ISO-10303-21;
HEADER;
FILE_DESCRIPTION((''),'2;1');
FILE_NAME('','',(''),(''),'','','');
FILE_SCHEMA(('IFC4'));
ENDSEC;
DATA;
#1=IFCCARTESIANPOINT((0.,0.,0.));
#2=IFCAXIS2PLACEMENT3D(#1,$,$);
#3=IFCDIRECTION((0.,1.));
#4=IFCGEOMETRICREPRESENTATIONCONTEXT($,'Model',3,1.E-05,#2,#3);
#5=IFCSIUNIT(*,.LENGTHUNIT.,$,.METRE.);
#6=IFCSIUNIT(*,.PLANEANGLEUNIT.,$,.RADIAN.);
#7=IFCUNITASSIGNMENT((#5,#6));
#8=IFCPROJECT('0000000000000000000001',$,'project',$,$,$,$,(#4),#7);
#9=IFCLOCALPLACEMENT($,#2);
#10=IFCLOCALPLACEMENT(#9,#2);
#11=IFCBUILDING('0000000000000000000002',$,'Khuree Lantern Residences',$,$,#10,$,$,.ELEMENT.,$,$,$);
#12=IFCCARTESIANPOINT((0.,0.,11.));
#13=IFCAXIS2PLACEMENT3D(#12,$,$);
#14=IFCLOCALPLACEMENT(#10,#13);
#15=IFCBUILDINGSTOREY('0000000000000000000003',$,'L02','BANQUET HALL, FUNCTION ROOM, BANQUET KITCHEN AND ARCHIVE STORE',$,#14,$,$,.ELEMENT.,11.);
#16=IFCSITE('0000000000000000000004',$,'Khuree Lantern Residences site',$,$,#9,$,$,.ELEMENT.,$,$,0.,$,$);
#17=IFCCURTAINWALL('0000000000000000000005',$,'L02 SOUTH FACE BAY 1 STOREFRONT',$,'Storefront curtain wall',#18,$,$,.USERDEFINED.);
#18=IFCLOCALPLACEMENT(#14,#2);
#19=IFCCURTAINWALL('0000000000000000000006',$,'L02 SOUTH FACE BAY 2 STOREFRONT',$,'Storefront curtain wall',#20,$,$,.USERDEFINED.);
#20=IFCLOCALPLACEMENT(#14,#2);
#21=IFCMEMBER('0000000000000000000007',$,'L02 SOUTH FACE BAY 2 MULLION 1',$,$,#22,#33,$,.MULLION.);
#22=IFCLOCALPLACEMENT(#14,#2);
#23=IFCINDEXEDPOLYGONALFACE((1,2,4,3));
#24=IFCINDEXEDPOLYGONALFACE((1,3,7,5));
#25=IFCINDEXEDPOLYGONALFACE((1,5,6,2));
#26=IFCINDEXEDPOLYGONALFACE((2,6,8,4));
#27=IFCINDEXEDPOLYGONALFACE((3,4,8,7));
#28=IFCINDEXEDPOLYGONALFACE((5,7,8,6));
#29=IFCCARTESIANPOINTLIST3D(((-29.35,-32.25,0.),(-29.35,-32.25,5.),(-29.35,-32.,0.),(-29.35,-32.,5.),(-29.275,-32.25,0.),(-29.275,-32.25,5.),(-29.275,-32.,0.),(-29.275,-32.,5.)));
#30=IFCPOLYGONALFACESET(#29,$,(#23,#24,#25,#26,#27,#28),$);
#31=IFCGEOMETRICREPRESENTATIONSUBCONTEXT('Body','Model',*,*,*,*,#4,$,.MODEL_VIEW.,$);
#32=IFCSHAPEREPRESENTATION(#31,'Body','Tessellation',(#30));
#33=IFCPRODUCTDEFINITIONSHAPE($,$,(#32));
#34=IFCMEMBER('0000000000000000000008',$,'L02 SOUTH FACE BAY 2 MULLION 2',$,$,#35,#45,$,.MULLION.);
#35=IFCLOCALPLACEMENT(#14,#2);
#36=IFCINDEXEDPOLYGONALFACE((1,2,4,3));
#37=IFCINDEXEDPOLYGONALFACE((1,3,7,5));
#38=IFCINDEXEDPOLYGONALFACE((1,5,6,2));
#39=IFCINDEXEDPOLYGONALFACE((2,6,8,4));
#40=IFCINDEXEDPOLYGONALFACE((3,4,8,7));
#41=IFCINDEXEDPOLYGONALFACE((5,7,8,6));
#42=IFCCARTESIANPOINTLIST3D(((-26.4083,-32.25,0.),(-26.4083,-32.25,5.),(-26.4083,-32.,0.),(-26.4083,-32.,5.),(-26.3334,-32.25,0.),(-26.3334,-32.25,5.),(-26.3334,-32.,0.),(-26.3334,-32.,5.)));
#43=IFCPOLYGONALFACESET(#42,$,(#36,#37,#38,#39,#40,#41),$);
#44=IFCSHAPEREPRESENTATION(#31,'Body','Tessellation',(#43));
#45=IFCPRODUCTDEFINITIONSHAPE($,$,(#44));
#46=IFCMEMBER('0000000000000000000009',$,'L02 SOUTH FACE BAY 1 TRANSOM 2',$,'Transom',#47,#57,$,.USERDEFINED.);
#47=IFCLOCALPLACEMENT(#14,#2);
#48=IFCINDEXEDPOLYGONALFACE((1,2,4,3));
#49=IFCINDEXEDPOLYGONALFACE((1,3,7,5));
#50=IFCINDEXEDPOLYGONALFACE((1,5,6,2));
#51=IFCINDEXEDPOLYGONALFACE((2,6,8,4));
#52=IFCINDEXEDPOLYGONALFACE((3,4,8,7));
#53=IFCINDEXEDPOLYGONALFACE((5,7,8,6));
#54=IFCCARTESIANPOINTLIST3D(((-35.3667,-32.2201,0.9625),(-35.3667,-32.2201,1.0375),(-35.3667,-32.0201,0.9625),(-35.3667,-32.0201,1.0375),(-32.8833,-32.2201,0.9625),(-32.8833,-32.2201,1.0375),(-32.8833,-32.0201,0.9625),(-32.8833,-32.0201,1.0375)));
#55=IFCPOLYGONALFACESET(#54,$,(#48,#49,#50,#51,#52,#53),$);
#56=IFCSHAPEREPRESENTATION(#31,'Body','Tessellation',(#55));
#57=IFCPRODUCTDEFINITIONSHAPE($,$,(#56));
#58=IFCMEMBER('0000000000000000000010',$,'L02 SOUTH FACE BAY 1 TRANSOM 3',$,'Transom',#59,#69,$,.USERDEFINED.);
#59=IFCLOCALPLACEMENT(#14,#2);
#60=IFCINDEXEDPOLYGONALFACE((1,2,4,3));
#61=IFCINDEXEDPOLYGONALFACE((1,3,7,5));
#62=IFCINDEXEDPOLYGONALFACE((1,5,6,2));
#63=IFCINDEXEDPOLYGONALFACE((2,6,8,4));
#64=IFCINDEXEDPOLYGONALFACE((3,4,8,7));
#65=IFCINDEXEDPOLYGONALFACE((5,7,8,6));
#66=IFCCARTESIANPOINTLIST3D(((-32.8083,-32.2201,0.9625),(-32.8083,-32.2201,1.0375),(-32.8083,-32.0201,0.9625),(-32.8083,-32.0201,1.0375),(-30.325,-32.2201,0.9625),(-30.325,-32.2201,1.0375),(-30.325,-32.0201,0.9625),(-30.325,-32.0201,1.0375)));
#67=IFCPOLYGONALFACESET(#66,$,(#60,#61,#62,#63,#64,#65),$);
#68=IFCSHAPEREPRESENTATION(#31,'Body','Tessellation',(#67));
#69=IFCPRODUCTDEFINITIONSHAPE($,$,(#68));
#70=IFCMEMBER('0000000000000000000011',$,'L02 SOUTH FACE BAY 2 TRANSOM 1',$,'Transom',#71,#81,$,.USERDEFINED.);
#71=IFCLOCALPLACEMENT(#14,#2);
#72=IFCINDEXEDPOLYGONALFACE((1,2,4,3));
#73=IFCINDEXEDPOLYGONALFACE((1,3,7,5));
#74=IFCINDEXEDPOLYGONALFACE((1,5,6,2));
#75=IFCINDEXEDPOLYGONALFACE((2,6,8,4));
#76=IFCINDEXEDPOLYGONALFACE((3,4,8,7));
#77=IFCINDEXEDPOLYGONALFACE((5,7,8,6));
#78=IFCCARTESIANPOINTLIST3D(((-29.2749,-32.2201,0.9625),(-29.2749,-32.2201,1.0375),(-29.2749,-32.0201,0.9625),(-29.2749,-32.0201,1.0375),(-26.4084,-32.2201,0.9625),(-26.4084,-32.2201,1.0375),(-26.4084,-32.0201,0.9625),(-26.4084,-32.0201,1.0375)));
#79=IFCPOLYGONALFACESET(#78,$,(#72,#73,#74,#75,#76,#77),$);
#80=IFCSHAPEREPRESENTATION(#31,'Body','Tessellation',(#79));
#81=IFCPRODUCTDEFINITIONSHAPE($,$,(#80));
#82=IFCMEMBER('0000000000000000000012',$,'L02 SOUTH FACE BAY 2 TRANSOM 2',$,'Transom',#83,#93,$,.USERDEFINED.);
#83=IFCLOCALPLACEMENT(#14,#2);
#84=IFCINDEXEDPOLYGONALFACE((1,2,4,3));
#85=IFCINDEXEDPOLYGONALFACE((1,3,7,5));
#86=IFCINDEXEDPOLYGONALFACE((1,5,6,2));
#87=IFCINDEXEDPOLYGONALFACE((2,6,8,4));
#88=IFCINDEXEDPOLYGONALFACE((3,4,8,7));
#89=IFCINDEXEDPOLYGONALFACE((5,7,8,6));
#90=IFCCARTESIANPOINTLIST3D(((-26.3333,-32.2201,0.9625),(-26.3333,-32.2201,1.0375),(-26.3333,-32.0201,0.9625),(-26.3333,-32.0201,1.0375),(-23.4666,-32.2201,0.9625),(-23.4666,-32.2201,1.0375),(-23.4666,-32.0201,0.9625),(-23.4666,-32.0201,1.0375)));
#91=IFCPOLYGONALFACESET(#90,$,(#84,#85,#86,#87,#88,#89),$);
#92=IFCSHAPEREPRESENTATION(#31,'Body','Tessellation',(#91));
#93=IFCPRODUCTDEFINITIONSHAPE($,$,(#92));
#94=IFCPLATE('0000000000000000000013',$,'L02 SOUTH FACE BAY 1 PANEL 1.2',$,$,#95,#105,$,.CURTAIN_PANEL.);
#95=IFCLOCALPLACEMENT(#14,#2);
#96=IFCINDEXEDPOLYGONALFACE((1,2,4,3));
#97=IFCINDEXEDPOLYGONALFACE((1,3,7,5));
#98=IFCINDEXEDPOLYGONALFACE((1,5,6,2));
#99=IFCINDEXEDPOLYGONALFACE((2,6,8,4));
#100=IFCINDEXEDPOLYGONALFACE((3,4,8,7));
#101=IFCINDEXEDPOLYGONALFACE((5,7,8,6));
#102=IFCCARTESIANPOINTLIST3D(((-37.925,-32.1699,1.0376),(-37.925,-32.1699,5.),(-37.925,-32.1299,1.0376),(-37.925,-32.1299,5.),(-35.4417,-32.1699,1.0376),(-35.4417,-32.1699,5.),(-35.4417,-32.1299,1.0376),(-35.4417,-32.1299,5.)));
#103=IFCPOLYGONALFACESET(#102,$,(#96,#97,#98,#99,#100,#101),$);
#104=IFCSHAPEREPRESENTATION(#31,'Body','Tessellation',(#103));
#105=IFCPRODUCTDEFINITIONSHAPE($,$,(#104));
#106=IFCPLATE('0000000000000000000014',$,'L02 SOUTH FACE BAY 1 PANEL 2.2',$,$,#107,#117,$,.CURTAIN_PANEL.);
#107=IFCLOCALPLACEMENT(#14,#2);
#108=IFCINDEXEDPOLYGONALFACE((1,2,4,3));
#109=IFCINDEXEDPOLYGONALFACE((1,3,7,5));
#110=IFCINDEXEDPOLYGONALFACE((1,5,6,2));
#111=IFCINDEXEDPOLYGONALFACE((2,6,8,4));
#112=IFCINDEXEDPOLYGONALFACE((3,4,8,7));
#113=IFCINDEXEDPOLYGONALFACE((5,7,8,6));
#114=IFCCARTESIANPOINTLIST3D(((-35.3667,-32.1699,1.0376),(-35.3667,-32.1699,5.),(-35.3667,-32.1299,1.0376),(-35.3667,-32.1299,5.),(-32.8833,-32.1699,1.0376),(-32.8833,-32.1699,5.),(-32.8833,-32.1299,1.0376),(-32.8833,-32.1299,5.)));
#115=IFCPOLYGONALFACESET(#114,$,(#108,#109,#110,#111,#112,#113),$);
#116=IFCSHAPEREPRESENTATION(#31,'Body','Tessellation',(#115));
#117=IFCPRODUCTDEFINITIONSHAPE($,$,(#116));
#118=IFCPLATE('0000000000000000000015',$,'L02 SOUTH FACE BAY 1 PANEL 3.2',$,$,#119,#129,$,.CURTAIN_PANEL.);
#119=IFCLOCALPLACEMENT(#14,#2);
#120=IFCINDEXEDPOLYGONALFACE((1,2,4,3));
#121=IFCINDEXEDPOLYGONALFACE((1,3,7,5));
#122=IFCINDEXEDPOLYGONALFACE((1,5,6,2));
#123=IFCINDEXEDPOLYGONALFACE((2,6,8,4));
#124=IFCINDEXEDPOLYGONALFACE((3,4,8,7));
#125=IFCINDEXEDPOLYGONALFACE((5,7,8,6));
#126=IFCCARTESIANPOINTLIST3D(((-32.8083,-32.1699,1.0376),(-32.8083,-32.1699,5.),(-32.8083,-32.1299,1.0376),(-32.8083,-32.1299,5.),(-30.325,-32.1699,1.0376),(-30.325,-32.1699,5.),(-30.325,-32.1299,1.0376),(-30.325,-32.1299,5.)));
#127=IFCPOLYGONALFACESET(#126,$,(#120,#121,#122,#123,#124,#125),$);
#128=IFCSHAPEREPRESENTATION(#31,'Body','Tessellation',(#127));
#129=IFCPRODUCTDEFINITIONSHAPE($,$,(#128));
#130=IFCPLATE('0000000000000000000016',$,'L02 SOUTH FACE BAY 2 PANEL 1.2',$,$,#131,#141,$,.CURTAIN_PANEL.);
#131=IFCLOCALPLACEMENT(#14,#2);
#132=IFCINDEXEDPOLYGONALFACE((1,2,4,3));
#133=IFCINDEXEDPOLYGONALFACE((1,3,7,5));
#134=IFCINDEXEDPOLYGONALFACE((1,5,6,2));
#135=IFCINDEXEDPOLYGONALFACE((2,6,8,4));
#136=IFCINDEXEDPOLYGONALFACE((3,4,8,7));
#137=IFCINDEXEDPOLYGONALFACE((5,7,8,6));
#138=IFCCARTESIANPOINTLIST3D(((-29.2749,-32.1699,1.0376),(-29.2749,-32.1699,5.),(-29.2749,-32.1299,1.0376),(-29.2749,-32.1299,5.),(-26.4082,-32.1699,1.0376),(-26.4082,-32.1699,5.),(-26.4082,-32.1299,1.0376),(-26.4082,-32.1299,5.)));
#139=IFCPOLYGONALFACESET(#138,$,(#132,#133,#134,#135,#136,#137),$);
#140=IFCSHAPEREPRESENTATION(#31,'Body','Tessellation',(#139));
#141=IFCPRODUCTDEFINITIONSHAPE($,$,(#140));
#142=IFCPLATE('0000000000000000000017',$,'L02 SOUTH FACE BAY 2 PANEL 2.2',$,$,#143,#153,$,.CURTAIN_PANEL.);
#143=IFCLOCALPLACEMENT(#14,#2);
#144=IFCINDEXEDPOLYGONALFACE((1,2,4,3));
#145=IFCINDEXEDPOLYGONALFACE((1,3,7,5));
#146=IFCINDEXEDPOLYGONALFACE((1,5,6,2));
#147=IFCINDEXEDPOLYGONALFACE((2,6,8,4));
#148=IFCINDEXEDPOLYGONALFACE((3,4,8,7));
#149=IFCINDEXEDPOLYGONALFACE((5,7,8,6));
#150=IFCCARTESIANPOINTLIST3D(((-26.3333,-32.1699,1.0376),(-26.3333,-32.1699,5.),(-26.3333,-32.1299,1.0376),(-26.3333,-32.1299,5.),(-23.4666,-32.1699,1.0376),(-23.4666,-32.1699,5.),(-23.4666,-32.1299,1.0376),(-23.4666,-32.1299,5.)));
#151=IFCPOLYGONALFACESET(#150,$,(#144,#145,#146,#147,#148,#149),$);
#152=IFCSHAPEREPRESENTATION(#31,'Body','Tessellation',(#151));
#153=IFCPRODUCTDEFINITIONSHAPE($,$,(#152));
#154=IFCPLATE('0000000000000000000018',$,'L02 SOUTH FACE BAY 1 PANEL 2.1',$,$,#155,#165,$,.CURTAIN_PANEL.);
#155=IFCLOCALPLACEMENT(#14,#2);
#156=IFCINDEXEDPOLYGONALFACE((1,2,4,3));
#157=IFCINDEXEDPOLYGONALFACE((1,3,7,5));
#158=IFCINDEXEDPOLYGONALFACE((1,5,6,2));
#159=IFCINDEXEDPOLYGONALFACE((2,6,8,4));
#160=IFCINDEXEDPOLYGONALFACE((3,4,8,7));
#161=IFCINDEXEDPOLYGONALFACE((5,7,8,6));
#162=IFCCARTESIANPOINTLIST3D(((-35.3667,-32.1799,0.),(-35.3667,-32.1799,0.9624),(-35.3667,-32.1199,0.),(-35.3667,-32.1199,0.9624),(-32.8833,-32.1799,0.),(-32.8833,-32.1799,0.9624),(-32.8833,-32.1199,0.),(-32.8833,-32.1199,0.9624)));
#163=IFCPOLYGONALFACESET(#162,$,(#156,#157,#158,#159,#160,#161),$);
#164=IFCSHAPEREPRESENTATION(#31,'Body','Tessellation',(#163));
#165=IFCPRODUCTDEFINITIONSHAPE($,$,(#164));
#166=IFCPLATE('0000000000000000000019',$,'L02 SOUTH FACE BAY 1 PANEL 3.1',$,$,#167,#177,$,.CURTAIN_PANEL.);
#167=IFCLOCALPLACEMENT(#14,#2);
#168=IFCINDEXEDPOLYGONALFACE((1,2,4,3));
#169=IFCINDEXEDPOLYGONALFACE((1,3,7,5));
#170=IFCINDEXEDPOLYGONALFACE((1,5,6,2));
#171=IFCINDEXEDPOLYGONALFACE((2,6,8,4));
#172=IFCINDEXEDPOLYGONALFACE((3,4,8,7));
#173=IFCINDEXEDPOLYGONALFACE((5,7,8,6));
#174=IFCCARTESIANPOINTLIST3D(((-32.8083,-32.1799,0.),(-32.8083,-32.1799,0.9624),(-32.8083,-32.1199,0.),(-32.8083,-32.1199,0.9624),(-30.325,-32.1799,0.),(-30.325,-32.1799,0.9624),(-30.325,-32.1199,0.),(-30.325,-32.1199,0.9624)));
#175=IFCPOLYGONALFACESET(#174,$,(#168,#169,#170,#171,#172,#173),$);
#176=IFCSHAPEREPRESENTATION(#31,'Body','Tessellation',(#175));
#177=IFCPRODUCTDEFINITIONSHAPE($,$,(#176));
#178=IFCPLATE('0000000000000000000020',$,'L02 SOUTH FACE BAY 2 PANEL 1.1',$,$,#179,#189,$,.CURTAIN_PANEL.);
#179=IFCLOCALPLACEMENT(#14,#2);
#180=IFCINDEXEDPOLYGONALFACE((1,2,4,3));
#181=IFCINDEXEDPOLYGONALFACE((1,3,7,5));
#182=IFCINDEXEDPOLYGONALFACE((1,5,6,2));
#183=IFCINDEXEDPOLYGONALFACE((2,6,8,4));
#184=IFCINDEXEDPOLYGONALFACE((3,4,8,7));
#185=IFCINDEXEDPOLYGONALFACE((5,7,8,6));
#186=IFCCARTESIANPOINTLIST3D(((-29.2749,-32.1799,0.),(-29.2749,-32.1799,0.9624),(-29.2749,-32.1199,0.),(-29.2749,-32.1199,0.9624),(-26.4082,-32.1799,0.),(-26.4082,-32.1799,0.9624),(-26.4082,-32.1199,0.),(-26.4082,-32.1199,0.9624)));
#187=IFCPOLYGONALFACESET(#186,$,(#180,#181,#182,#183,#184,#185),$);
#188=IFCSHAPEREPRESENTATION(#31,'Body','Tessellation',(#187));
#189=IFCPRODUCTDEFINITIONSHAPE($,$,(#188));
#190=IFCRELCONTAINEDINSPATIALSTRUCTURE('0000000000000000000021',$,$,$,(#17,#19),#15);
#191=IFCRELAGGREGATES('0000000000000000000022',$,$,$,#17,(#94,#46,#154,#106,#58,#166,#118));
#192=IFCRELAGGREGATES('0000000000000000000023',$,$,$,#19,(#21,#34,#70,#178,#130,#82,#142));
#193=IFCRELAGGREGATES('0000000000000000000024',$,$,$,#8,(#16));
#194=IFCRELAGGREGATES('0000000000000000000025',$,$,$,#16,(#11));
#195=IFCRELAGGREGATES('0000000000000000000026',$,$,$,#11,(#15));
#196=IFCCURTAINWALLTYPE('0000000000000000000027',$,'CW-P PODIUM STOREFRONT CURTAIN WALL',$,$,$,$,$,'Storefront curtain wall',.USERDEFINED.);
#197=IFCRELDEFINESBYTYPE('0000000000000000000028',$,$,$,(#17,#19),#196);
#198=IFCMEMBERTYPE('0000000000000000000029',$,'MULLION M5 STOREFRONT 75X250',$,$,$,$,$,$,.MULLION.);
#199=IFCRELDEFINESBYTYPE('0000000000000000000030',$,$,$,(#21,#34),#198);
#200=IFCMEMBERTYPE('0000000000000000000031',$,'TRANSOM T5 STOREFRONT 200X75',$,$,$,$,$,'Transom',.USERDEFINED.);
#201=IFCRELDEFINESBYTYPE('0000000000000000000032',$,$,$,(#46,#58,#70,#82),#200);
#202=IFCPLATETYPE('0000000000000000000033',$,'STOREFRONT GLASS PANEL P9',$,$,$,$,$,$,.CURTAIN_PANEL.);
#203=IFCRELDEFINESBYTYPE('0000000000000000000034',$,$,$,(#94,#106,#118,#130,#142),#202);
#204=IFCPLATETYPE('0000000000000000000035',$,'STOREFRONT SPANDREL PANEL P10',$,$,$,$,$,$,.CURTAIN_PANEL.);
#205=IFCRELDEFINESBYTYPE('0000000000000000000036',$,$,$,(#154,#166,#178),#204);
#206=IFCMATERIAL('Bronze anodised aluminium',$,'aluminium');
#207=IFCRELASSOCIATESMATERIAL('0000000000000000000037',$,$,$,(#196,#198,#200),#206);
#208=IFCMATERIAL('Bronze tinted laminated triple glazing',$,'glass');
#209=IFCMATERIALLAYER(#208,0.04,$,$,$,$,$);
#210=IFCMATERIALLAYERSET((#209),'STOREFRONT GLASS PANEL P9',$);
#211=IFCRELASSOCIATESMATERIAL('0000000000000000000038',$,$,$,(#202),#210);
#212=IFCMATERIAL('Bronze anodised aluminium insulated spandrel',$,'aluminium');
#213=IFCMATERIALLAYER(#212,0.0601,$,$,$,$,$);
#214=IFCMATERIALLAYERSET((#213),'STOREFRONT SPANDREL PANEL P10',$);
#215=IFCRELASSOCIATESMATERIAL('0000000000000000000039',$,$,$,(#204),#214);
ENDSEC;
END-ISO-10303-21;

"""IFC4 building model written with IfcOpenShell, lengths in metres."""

from ifc_helpers import new_model, si_unit, direction, frame, origin, origin_2d, place, context, subcontext, project, spatial, rectangle, extrude, material, layer, layer_set, material_profile, profile_set, type_object, element, aggregate, save


model = new_model("IFC4")

# Units and contexts
model_context = context("Model", 3, precision=1e-05, world=origin(), true_north=direction((0.0, 1.0)))
body_context = subcontext(model_context, "Body", "Model", "MODEL_VIEW")
ifc_project = project(units=[si_unit("LENGTHUNIT", "METRE"), si_unit("PLANEANGLEUNIT", "RADIAN")], contexts=[model_context])

# Site, building, storey
site_placement = place(None, origin())
site = spatial("IfcSite", under=ifc_project, at=site_placement, Name="Khuree Lantern Residences site", CompositionType="ELEMENT", RefElevation=0.0)
building_placement = place(site_placement, origin())
building = spatial("IfcBuilding", under=site, at=building_placement, Name="Khuree Lantern Residences", CompositionType="ELEMENT")
storey_placement = place(building_placement, frame((0.0, 0.0, 11.0)))
storey = spatial("IfcBuildingStorey", under=building, at=storey_placement, Name="L02", Description="BANQUET HALL, FUNCTION ROOM, BANQUET KITCHEN AND ARCHIVE STORE", CompositionType="ELEMENT", Elevation=11.0)

# Curtain walls, members
ifc_material_1 = material(Name="Bronze anodised aluminium", Category="aluminium")
curtain_wall_type = type_object("IfcCurtainWallType", Name="CW-P PODIUM STOREFRONT CURTAIN WALL", ElementType="Storefront curtain wall", PredefinedType="USERDEFINED", material=ifc_material_1)
curtain_wall_1_placement = place(storey_placement, origin())
curtain_wall_1 = element("IfcCurtainWall", 1, at=curtain_wall_1_placement, inside=storey, type_object=curtain_wall_type, Name="L02 SOUTH FACE BAY 1 STOREFRONT", ObjectType="Storefront curtain wall", PredefinedType="USERDEFINED")
ifc_material_profile_1 = material_profile(ifc_material_1, rectangle(XDim=0.075, YDim=0.25, at=origin_2d()), Name="M5 75X250")
ifc_profile_set_1 = profile_set([ifc_material_profile_1], Name="Bronze anodised aluminium")
member_type_1 = type_object("IfcMemberType", Name="MULLION M5 STOREFRONT 75X250", PredefinedType="MULLION", material=ifc_profile_set_1)
curtain_wall_2_placement = place(storey_placement, origin())
curtain_wall_2 = element("IfcCurtainWall", 2, at=curtain_wall_2_placement, inside=storey, type_object=curtain_wall_type, Name="L02 SOUTH FACE BAY 2 STOREFRONT", ObjectType="Storefront curtain wall", PredefinedType="USERDEFINED")
member_1_placement = place(storey_placement, frame((-29.3125, -32.125, 0.0), z_axis=(0.0, 0.0, 1.0), x_axis=(1.0, 0.0, 0.0)))
member_1 = element("IfcMember", 3, at=member_1_placement, type_object=member_type_1, Name="L02 SOUTH FACE BAY 2 MULLION 1", PredefinedType="MULLION", context=body_context, shape_type="SweptSolid", body=[
    extrude(rectangle(XDim=0.075, YDim=0.25, at=origin_2d()), origin(), (0.0, 0.0, 1.0), 5.0),
])
member_2_placement = place(storey_placement, frame((-26.3708, -32.125, 0.0), z_axis=(0.0, 0.0, 1.0), x_axis=(1.0, 0.0, 0.0)))
member_2 = element("IfcMember", 4, at=member_2_placement, type_object=member_type_1, Name="L02 SOUTH FACE BAY 2 MULLION 2", PredefinedType="MULLION", context=body_context, shape_type="SweptSolid", body=[
    extrude(rectangle(XDim=0.075, YDim=0.25, at=origin_2d()), origin(), (0.0, 0.0, 1.0), 5.0),
])

# Members
ifc_material_profile_2 = material_profile(ifc_material_1, rectangle(XDim=0.2, YDim=0.075, at=origin_2d()), Name="T5 200X75")
ifc_profile_set_2 = profile_set([ifc_material_profile_2], Name="Bronze anodised aluminium")
member_type_2 = type_object("IfcMemberType", Name="TRANSOM T5 STOREFRONT 200X75", ElementType="Transom", PredefinedType="USERDEFINED", material=ifc_profile_set_2)
member_3_placement = place(storey_placement, frame((-35.3667, -32.1201, 1.0), z_axis=(1.0, 0.0, 0.0), x_axis=(0.0, 1.0, 0.0)))
member_3 = element("IfcMember", 5, at=member_3_placement, type_object=member_type_2, Name="L02 SOUTH FACE BAY 1 TRANSOM 2", ObjectType="Transom", PredefinedType="USERDEFINED", context=body_context, shape_type="SweptSolid", body=[
    extrude(rectangle(XDim=0.2, YDim=0.075, at=origin_2d()), origin(), (0.0, 0.0, 1.0), 2.4834),
])
member_4_placement = place(storey_placement, frame((-32.8083, -32.1201, 1.0), z_axis=(1.0, 0.0, 0.0), x_axis=(0.0, 1.0, 0.0)))
member_4 = element("IfcMember", 6, at=member_4_placement, type_object=member_type_2, Name="L02 SOUTH FACE BAY 1 TRANSOM 3", ObjectType="Transom", PredefinedType="USERDEFINED", context=body_context, shape_type="SweptSolid", body=[
    extrude(rectangle(XDim=0.2, YDim=0.075, at=origin_2d()), origin(), (0.0, 0.0, 1.0), 2.4834),
])
member_5_placement = place(storey_placement, frame((-29.2749, -32.1201, 1.0), z_axis=(1.0, 0.0, 0.0), x_axis=(0.0, 1.0, 0.0)))
member_5 = element("IfcMember", 7, at=member_5_placement, type_object=member_type_2, Name="L02 SOUTH FACE BAY 2 TRANSOM 1", ObjectType="Transom", PredefinedType="USERDEFINED", context=body_context, shape_type="SweptSolid", body=[
    extrude(rectangle(XDim=0.2, YDim=0.075, at=origin_2d()), origin(), (0.0, 0.0, 1.0), 2.8665),
])
member_6_placement = place(storey_placement, frame((-26.3333, -32.1201, 1.0), z_axis=(1.0, 0.0, 0.0), x_axis=(0.0, 1.0, 0.0)))
member_6 = element("IfcMember", 8, at=member_6_placement, type_object=member_type_2, Name="L02 SOUTH FACE BAY 2 TRANSOM 2", ObjectType="Transom", PredefinedType="USERDEFINED", context=body_context, shape_type="SweptSolid", body=[
    extrude(rectangle(XDim=0.2, YDim=0.075, at=origin_2d()), origin(), (0.0, 0.0, 1.0), 2.8667),
])

# Plates
ifc_material_2 = material(Name="Bronze tinted laminated triple glazing", Category="glass")
ifc_layer_1 = layer(ifc_material_2, 0.04)
ifc_layer_set_1 = layer_set([ifc_layer_1], Name="STOREFRONT GLASS PANEL P9")
plate_type_1 = type_object("IfcPlateType", Name="STOREFRONT GLASS PANEL P9", PredefinedType="CURTAIN_PANEL", material=ifc_layer_set_1)
plate_1_placement = place(storey_placement, frame((-36.6833, -32.1499, 1.0376), z_axis=(0.0, 0.0, 1.0), x_axis=(1.0, 0.0, 0.0)))
plate_1 = element("IfcPlate", 9, at=plate_1_placement, type_object=plate_type_1, Name="L02 SOUTH FACE BAY 1 PANEL 1.2", PredefinedType="CURTAIN_PANEL", context=body_context, shape_type="SweptSolid", body=[
    extrude(rectangle(XDim=2.4834, YDim=0.04, at=origin_2d()), origin(), (0.0, 0.0, 1.0), 3.9624),
])
plate_2_placement = place(storey_placement, frame((-34.125, -32.1499, 1.0376), z_axis=(0.0, 0.0, 1.0), x_axis=(1.0, 0.0, 0.0)))
plate_2 = element("IfcPlate", 10, at=plate_2_placement, type_object=plate_type_1, Name="L02 SOUTH FACE BAY 1 PANEL 2.2", PredefinedType="CURTAIN_PANEL", context=body_context, shape_type="SweptSolid", body=[
    extrude(rectangle(XDim=2.4834, YDim=0.04, at=origin_2d()), origin(), (0.0, 0.0, 1.0), 3.9624),
])
plate_3_placement = place(storey_placement, frame((-31.5667, -32.1499, 1.0376), z_axis=(0.0, 0.0, 1.0), x_axis=(1.0, 0.0, 0.0)))
plate_3 = element("IfcPlate", 11, at=plate_3_placement, type_object=plate_type_1, Name="L02 SOUTH FACE BAY 1 PANEL 3.2", PredefinedType="CURTAIN_PANEL", context=body_context, shape_type="SweptSolid", body=[
    extrude(rectangle(XDim=2.4834, YDim=0.04, at=origin_2d()), origin(), (0.0, 0.0, 1.0), 3.9624),
])
plate_4_placement = place(storey_placement, frame((-27.8416, -32.1499, 1.0376), z_axis=(0.0, 0.0, 1.0), x_axis=(1.0, 0.0, 0.0)))
plate_4 = element("IfcPlate", 12, at=plate_4_placement, type_object=plate_type_1, Name="L02 SOUTH FACE BAY 2 PANEL 1.2", PredefinedType="CURTAIN_PANEL", context=body_context, shape_type="SweptSolid", body=[
    extrude(rectangle(XDim=2.8667, YDim=0.04, at=origin_2d()), origin(), (0.0, 0.0, 1.0), 3.9624),
])
plate_5_placement = place(storey_placement, frame((-24.8999, -32.1499, 1.0376), z_axis=(0.0, 0.0, 1.0), x_axis=(1.0, 0.0, 0.0)))
plate_5 = element("IfcPlate", 13, at=plate_5_placement, type_object=plate_type_1, Name="L02 SOUTH FACE BAY 2 PANEL 2.2", PredefinedType="CURTAIN_PANEL", context=body_context, shape_type="SweptSolid", body=[
    extrude(rectangle(XDim=2.8667, YDim=0.04, at=origin_2d()), origin(), (0.0, 0.0, 1.0), 3.9624),
])
ifc_material_3 = material(Name="Bronze anodised aluminium insulated spandrel", Category="aluminium")
ifc_layer_2 = layer(ifc_material_3, 0.0601)
ifc_layer_set_2 = layer_set([ifc_layer_2], Name="STOREFRONT SPANDREL PANEL P10")
plate_type_2 = type_object("IfcPlateType", Name="STOREFRONT SPANDREL PANEL P10", PredefinedType="CURTAIN_PANEL", material=ifc_layer_set_2)
plate_6_placement = place(storey_placement, frame((-34.125, -32.1499, 0.0), z_axis=(0.0, 0.0, 1.0), x_axis=(1.0, 0.0, 0.0)))
plate_6 = element("IfcPlate", 14, at=plate_6_placement, type_object=plate_type_2, Name="L02 SOUTH FACE BAY 1 PANEL 2.1", PredefinedType="CURTAIN_PANEL", context=body_context, shape_type="SweptSolid", body=[
    extrude(rectangle(XDim=2.4834, YDim=0.0601, at=origin_2d()), origin(), (0.0, 0.0, 1.0), 0.9624),
])
plate_7_placement = place(storey_placement, frame((-31.5667, -32.1499, 0.0), z_axis=(0.0, 0.0, 1.0), x_axis=(1.0, 0.0, 0.0)))
plate_7 = element("IfcPlate", 15, at=plate_7_placement, type_object=plate_type_2, Name="L02 SOUTH FACE BAY 1 PANEL 3.1", PredefinedType="CURTAIN_PANEL", context=body_context, shape_type="SweptSolid", body=[
    extrude(rectangle(XDim=2.4834, YDim=0.0601, at=origin_2d()), origin(), (0.0, 0.0, 1.0), 0.9624),
])
aggregate(curtain_wall_1, [plate_1, member_3, plate_6, plate_2, member_4, plate_7, plate_3])
plate_8_placement = place(storey_placement, frame((-27.8416, -32.1499, 0.0), z_axis=(0.0, 0.0, 1.0), x_axis=(1.0, 0.0, 0.0)))
plate_8 = element("IfcPlate", 16, at=plate_8_placement, type_object=plate_type_2, Name="L02 SOUTH FACE BAY 2 PANEL 1.1", PredefinedType="CURTAIN_PANEL", context=body_context, shape_type="SweptSolid", body=[
    extrude(rectangle(XDim=2.8667, YDim=0.0601, at=origin_2d()), origin(), (0.0, 0.0, 1.0), 0.9624),
])
aggregate(curtain_wall_2, [member_1, member_2, member_5, plate_8, plate_4, member_6, plate_5])

save(model, "model.ifc")
